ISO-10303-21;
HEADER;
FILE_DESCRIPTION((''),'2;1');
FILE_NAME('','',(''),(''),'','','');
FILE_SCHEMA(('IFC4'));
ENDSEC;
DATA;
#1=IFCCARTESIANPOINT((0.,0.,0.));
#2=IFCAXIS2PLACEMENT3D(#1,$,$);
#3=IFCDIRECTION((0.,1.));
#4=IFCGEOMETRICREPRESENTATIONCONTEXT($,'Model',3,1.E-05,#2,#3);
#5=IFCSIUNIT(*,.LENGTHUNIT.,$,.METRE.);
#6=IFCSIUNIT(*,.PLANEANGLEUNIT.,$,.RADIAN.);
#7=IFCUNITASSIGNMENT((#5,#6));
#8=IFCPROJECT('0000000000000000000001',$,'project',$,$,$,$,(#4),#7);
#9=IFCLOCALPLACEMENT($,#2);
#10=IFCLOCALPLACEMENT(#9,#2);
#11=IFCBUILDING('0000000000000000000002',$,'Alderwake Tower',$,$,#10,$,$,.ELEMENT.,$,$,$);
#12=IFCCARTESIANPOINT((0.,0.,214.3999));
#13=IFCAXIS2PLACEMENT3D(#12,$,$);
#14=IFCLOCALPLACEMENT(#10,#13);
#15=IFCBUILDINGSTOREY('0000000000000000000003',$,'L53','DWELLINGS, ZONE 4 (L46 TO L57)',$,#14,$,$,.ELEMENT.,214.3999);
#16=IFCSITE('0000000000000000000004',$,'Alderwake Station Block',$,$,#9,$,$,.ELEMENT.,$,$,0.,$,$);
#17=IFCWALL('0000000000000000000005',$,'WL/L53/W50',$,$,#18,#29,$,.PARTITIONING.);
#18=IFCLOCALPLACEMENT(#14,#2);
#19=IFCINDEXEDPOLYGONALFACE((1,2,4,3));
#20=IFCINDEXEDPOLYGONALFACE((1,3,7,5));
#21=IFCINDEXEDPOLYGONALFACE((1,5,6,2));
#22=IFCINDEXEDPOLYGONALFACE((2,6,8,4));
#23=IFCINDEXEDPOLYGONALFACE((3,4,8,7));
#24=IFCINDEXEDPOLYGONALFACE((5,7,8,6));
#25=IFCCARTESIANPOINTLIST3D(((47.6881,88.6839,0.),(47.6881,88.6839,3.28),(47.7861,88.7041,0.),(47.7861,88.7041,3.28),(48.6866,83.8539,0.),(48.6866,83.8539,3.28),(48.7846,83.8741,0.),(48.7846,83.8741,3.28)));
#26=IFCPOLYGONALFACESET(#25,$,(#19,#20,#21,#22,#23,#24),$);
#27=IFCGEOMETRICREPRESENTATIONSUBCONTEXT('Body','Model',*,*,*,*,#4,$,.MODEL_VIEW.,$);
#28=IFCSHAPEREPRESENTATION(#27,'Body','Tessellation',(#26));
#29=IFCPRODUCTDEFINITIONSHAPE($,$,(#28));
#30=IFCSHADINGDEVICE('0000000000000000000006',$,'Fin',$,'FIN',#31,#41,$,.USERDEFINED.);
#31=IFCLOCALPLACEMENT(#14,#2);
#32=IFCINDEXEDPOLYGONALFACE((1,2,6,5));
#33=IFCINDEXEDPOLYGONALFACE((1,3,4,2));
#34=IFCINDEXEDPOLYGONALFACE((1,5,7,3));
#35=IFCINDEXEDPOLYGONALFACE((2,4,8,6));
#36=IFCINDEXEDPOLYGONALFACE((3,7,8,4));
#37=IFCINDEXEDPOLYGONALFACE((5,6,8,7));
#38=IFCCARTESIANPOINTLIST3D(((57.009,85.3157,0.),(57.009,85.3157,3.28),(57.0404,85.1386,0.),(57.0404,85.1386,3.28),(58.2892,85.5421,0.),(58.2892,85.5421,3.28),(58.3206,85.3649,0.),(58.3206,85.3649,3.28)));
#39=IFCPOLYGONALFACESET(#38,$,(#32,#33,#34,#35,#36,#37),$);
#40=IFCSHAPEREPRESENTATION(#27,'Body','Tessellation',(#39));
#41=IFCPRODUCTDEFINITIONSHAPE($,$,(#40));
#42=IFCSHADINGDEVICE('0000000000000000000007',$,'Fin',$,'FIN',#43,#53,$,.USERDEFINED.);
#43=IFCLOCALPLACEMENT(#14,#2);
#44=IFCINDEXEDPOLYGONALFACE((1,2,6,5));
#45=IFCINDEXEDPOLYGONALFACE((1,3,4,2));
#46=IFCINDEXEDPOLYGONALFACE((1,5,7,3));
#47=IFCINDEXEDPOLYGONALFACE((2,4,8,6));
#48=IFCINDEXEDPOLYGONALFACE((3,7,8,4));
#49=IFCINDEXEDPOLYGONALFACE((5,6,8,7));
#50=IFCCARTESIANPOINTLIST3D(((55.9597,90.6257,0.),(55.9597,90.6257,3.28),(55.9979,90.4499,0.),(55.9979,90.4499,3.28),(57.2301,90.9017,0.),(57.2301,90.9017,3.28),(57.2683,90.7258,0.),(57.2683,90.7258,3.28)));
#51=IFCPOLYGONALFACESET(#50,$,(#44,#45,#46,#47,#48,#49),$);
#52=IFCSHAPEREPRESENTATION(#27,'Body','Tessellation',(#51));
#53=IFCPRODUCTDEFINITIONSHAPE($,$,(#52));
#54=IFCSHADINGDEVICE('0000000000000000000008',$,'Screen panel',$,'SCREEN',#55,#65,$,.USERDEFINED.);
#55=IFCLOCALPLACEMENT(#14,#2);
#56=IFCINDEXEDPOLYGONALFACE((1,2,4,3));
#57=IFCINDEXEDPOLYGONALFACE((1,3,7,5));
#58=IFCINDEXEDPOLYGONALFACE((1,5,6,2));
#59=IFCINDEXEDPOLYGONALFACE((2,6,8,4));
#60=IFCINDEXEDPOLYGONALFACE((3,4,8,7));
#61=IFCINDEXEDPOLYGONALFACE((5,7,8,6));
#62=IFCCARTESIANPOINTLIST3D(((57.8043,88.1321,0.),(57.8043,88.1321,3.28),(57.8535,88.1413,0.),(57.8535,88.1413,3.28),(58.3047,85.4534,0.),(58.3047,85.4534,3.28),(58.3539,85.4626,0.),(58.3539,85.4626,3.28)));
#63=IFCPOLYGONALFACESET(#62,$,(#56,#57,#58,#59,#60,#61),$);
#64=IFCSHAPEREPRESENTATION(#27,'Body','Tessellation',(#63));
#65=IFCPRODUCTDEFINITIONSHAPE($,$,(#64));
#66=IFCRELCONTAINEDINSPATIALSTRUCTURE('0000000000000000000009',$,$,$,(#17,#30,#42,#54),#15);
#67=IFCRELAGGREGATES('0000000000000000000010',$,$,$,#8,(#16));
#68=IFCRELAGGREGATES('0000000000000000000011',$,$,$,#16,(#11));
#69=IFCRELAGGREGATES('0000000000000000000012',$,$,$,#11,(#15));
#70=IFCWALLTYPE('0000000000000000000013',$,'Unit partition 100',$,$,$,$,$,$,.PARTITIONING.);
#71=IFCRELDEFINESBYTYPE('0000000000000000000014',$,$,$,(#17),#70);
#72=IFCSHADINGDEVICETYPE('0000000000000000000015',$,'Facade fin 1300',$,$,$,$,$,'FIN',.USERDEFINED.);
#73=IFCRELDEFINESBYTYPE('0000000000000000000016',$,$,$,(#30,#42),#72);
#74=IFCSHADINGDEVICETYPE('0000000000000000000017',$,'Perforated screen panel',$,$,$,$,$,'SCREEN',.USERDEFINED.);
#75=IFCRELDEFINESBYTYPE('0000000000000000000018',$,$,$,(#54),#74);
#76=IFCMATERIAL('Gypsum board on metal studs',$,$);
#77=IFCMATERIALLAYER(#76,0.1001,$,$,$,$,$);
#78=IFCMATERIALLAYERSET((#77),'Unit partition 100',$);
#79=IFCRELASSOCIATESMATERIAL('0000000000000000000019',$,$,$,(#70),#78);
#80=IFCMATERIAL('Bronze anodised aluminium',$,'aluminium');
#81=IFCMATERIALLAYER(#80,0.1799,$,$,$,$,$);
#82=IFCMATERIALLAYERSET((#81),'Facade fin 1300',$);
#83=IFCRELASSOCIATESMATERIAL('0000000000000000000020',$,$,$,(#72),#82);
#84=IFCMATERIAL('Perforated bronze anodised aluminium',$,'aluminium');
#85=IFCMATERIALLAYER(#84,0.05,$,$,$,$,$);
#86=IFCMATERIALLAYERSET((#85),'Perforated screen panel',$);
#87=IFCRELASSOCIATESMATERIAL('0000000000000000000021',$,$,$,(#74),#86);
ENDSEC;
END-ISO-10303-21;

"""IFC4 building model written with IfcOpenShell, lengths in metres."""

from ifc_helpers import new_model, si_unit, direction, frame, frame_2d, origin, origin_2d, place, context, subcontext, project, spatial, rectangle, extrude, material, layer, layer_set, type_object, element, save


model = new_model("IFC4")

# Units and contexts
model_context = context("Model", 3, precision=1e-05, world=origin(), true_north=direction((0.0, 1.0)))
body_context = subcontext(model_context, "Body", "Model", "MODEL_VIEW")
ifc_project = project(units=[si_unit("LENGTHUNIT", "METRE"), si_unit("PLANEANGLEUNIT", "RADIAN")], contexts=[model_context])

# Site, building, storey
site_placement = place(None, origin())
site = spatial("IfcSite", under=ifc_project, at=site_placement, Name="Alderwake Station Block", CompositionType="ELEMENT", RefElevation=0.0)
building_placement = place(site_placement, origin())
building = spatial("IfcBuilding", under=site, at=building_placement, Name="Alderwake Tower", CompositionType="ELEMENT")
storey_placement = place(building_placement, frame((0.0, 0.0, 214.3999)))
storey = spatial("IfcBuildingStorey", under=building, at=storey_placement, Name="L53", Description="DWELLINGS, ZONE 4 (L46 TO L57)", CompositionType="ELEMENT", Elevation=214.3999)

# Shared definitions
ifc_material_1 = material(Name="Gypsum board on metal studs")
ifc_layer_1 = layer(ifc_material_1, 0.1001)
ifc_layer_set_1 = layer_set([ifc_layer_1], Name="Unit partition 100")
wall_type_1 = type_object("IfcWallType", Name="Unit partition 100", PredefinedType="PARTITIONING", material=ifc_layer_set_1)

# Wall
wall_1_placement = place(storey_placement, frame((48.7356, 83.864, 0.0), z_axis=(0.0, 0.0, 1.0), x_axis=(-0.202452, 0.979292, 0.0)))
element("IfcWall", 1, at=wall_1_placement, inside=storey, type_object=wall_type_1, Name="WL/L53/W50", PredefinedType="PARTITIONING", context=body_context, shape_type="SweptSolid", body=[
    extrude(rectangle(XDim=4.9321, YDim=0.1001, at=frame_2d((2.4661, 0.0))), origin(), (0.0, 0.0, 1.0), 3.28),
])

# Shading devices
ifc_material_2 = material(Name="Bronze anodised aluminium", Category="aluminium")
ifc_layer_2 = layer(ifc_material_2, 0.1799)
ifc_layer_set_2 = layer_set([ifc_layer_2], Name="Facade fin 1300")
shading_device_type_1 = type_object("IfcShadingDeviceType", Name="Facade fin 1300", ElementType="FIN", PredefinedType="USERDEFINED", material=ifc_layer_set_2)
for number, where, z_axis, x_axis, name in (
    (2, (57.6648, 85.3403, 0.0), (0.0, 0.0, 1.0), (0.984726, 0.174109, 0.0), "Fin"),
    (3, (56.614, 90.6758, 0.0), (0.0, 0.0, 1.0), (0.97721, 0.212273, 0.0), "Fin"),
):
    element("IfcShadingDevice", number, at=place(storey_placement, frame(where, z_axis=z_axis, x_axis=x_axis)), inside=storey, type_object=shading_device_type_1, Name=name, ObjectType="FIN", PredefinedType="USERDEFINED", context=body_context, shape_type="SweptSolid", body=[
        extrude(rectangle(XDim=1.3, YDim=0.1799, at=origin_2d()), origin(), (0.0, 0.0, 1.0), 3.28),
    ])
ifc_material_3 = material(Name="Perforated bronze anodised aluminium", Category="aluminium")
ifc_layer_3 = layer(ifc_material_3, 0.05)
ifc_layer_set_3 = layer_set([ifc_layer_3], Name="Perforated screen panel")
shading_device_type_2 = type_object("IfcShadingDeviceType", Name="Perforated screen panel", ElementType="SCREEN", PredefinedType="USERDEFINED", material=ifc_layer_set_3)
shading_device_placement = place(storey_placement, frame((58.0791, 86.7974, 0.0), z_axis=(0.0, 0.0, 1.0), x_axis=(0.982991, 0.183651, 0.0)))
element("IfcShadingDevice", 4, at=shading_device_placement, inside=storey, type_object=shading_device_type_2, Name="Screen panel", ObjectType="SCREEN", PredefinedType="USERDEFINED", context=body_context, shape_type="SweptSolid", body=[
    extrude(rectangle(XDim=0.05, YDim=2.7251, at=origin_2d()), origin(), (0.0, 0.0, 1.0), 3.28),
])

save(model, "model.ifc")
